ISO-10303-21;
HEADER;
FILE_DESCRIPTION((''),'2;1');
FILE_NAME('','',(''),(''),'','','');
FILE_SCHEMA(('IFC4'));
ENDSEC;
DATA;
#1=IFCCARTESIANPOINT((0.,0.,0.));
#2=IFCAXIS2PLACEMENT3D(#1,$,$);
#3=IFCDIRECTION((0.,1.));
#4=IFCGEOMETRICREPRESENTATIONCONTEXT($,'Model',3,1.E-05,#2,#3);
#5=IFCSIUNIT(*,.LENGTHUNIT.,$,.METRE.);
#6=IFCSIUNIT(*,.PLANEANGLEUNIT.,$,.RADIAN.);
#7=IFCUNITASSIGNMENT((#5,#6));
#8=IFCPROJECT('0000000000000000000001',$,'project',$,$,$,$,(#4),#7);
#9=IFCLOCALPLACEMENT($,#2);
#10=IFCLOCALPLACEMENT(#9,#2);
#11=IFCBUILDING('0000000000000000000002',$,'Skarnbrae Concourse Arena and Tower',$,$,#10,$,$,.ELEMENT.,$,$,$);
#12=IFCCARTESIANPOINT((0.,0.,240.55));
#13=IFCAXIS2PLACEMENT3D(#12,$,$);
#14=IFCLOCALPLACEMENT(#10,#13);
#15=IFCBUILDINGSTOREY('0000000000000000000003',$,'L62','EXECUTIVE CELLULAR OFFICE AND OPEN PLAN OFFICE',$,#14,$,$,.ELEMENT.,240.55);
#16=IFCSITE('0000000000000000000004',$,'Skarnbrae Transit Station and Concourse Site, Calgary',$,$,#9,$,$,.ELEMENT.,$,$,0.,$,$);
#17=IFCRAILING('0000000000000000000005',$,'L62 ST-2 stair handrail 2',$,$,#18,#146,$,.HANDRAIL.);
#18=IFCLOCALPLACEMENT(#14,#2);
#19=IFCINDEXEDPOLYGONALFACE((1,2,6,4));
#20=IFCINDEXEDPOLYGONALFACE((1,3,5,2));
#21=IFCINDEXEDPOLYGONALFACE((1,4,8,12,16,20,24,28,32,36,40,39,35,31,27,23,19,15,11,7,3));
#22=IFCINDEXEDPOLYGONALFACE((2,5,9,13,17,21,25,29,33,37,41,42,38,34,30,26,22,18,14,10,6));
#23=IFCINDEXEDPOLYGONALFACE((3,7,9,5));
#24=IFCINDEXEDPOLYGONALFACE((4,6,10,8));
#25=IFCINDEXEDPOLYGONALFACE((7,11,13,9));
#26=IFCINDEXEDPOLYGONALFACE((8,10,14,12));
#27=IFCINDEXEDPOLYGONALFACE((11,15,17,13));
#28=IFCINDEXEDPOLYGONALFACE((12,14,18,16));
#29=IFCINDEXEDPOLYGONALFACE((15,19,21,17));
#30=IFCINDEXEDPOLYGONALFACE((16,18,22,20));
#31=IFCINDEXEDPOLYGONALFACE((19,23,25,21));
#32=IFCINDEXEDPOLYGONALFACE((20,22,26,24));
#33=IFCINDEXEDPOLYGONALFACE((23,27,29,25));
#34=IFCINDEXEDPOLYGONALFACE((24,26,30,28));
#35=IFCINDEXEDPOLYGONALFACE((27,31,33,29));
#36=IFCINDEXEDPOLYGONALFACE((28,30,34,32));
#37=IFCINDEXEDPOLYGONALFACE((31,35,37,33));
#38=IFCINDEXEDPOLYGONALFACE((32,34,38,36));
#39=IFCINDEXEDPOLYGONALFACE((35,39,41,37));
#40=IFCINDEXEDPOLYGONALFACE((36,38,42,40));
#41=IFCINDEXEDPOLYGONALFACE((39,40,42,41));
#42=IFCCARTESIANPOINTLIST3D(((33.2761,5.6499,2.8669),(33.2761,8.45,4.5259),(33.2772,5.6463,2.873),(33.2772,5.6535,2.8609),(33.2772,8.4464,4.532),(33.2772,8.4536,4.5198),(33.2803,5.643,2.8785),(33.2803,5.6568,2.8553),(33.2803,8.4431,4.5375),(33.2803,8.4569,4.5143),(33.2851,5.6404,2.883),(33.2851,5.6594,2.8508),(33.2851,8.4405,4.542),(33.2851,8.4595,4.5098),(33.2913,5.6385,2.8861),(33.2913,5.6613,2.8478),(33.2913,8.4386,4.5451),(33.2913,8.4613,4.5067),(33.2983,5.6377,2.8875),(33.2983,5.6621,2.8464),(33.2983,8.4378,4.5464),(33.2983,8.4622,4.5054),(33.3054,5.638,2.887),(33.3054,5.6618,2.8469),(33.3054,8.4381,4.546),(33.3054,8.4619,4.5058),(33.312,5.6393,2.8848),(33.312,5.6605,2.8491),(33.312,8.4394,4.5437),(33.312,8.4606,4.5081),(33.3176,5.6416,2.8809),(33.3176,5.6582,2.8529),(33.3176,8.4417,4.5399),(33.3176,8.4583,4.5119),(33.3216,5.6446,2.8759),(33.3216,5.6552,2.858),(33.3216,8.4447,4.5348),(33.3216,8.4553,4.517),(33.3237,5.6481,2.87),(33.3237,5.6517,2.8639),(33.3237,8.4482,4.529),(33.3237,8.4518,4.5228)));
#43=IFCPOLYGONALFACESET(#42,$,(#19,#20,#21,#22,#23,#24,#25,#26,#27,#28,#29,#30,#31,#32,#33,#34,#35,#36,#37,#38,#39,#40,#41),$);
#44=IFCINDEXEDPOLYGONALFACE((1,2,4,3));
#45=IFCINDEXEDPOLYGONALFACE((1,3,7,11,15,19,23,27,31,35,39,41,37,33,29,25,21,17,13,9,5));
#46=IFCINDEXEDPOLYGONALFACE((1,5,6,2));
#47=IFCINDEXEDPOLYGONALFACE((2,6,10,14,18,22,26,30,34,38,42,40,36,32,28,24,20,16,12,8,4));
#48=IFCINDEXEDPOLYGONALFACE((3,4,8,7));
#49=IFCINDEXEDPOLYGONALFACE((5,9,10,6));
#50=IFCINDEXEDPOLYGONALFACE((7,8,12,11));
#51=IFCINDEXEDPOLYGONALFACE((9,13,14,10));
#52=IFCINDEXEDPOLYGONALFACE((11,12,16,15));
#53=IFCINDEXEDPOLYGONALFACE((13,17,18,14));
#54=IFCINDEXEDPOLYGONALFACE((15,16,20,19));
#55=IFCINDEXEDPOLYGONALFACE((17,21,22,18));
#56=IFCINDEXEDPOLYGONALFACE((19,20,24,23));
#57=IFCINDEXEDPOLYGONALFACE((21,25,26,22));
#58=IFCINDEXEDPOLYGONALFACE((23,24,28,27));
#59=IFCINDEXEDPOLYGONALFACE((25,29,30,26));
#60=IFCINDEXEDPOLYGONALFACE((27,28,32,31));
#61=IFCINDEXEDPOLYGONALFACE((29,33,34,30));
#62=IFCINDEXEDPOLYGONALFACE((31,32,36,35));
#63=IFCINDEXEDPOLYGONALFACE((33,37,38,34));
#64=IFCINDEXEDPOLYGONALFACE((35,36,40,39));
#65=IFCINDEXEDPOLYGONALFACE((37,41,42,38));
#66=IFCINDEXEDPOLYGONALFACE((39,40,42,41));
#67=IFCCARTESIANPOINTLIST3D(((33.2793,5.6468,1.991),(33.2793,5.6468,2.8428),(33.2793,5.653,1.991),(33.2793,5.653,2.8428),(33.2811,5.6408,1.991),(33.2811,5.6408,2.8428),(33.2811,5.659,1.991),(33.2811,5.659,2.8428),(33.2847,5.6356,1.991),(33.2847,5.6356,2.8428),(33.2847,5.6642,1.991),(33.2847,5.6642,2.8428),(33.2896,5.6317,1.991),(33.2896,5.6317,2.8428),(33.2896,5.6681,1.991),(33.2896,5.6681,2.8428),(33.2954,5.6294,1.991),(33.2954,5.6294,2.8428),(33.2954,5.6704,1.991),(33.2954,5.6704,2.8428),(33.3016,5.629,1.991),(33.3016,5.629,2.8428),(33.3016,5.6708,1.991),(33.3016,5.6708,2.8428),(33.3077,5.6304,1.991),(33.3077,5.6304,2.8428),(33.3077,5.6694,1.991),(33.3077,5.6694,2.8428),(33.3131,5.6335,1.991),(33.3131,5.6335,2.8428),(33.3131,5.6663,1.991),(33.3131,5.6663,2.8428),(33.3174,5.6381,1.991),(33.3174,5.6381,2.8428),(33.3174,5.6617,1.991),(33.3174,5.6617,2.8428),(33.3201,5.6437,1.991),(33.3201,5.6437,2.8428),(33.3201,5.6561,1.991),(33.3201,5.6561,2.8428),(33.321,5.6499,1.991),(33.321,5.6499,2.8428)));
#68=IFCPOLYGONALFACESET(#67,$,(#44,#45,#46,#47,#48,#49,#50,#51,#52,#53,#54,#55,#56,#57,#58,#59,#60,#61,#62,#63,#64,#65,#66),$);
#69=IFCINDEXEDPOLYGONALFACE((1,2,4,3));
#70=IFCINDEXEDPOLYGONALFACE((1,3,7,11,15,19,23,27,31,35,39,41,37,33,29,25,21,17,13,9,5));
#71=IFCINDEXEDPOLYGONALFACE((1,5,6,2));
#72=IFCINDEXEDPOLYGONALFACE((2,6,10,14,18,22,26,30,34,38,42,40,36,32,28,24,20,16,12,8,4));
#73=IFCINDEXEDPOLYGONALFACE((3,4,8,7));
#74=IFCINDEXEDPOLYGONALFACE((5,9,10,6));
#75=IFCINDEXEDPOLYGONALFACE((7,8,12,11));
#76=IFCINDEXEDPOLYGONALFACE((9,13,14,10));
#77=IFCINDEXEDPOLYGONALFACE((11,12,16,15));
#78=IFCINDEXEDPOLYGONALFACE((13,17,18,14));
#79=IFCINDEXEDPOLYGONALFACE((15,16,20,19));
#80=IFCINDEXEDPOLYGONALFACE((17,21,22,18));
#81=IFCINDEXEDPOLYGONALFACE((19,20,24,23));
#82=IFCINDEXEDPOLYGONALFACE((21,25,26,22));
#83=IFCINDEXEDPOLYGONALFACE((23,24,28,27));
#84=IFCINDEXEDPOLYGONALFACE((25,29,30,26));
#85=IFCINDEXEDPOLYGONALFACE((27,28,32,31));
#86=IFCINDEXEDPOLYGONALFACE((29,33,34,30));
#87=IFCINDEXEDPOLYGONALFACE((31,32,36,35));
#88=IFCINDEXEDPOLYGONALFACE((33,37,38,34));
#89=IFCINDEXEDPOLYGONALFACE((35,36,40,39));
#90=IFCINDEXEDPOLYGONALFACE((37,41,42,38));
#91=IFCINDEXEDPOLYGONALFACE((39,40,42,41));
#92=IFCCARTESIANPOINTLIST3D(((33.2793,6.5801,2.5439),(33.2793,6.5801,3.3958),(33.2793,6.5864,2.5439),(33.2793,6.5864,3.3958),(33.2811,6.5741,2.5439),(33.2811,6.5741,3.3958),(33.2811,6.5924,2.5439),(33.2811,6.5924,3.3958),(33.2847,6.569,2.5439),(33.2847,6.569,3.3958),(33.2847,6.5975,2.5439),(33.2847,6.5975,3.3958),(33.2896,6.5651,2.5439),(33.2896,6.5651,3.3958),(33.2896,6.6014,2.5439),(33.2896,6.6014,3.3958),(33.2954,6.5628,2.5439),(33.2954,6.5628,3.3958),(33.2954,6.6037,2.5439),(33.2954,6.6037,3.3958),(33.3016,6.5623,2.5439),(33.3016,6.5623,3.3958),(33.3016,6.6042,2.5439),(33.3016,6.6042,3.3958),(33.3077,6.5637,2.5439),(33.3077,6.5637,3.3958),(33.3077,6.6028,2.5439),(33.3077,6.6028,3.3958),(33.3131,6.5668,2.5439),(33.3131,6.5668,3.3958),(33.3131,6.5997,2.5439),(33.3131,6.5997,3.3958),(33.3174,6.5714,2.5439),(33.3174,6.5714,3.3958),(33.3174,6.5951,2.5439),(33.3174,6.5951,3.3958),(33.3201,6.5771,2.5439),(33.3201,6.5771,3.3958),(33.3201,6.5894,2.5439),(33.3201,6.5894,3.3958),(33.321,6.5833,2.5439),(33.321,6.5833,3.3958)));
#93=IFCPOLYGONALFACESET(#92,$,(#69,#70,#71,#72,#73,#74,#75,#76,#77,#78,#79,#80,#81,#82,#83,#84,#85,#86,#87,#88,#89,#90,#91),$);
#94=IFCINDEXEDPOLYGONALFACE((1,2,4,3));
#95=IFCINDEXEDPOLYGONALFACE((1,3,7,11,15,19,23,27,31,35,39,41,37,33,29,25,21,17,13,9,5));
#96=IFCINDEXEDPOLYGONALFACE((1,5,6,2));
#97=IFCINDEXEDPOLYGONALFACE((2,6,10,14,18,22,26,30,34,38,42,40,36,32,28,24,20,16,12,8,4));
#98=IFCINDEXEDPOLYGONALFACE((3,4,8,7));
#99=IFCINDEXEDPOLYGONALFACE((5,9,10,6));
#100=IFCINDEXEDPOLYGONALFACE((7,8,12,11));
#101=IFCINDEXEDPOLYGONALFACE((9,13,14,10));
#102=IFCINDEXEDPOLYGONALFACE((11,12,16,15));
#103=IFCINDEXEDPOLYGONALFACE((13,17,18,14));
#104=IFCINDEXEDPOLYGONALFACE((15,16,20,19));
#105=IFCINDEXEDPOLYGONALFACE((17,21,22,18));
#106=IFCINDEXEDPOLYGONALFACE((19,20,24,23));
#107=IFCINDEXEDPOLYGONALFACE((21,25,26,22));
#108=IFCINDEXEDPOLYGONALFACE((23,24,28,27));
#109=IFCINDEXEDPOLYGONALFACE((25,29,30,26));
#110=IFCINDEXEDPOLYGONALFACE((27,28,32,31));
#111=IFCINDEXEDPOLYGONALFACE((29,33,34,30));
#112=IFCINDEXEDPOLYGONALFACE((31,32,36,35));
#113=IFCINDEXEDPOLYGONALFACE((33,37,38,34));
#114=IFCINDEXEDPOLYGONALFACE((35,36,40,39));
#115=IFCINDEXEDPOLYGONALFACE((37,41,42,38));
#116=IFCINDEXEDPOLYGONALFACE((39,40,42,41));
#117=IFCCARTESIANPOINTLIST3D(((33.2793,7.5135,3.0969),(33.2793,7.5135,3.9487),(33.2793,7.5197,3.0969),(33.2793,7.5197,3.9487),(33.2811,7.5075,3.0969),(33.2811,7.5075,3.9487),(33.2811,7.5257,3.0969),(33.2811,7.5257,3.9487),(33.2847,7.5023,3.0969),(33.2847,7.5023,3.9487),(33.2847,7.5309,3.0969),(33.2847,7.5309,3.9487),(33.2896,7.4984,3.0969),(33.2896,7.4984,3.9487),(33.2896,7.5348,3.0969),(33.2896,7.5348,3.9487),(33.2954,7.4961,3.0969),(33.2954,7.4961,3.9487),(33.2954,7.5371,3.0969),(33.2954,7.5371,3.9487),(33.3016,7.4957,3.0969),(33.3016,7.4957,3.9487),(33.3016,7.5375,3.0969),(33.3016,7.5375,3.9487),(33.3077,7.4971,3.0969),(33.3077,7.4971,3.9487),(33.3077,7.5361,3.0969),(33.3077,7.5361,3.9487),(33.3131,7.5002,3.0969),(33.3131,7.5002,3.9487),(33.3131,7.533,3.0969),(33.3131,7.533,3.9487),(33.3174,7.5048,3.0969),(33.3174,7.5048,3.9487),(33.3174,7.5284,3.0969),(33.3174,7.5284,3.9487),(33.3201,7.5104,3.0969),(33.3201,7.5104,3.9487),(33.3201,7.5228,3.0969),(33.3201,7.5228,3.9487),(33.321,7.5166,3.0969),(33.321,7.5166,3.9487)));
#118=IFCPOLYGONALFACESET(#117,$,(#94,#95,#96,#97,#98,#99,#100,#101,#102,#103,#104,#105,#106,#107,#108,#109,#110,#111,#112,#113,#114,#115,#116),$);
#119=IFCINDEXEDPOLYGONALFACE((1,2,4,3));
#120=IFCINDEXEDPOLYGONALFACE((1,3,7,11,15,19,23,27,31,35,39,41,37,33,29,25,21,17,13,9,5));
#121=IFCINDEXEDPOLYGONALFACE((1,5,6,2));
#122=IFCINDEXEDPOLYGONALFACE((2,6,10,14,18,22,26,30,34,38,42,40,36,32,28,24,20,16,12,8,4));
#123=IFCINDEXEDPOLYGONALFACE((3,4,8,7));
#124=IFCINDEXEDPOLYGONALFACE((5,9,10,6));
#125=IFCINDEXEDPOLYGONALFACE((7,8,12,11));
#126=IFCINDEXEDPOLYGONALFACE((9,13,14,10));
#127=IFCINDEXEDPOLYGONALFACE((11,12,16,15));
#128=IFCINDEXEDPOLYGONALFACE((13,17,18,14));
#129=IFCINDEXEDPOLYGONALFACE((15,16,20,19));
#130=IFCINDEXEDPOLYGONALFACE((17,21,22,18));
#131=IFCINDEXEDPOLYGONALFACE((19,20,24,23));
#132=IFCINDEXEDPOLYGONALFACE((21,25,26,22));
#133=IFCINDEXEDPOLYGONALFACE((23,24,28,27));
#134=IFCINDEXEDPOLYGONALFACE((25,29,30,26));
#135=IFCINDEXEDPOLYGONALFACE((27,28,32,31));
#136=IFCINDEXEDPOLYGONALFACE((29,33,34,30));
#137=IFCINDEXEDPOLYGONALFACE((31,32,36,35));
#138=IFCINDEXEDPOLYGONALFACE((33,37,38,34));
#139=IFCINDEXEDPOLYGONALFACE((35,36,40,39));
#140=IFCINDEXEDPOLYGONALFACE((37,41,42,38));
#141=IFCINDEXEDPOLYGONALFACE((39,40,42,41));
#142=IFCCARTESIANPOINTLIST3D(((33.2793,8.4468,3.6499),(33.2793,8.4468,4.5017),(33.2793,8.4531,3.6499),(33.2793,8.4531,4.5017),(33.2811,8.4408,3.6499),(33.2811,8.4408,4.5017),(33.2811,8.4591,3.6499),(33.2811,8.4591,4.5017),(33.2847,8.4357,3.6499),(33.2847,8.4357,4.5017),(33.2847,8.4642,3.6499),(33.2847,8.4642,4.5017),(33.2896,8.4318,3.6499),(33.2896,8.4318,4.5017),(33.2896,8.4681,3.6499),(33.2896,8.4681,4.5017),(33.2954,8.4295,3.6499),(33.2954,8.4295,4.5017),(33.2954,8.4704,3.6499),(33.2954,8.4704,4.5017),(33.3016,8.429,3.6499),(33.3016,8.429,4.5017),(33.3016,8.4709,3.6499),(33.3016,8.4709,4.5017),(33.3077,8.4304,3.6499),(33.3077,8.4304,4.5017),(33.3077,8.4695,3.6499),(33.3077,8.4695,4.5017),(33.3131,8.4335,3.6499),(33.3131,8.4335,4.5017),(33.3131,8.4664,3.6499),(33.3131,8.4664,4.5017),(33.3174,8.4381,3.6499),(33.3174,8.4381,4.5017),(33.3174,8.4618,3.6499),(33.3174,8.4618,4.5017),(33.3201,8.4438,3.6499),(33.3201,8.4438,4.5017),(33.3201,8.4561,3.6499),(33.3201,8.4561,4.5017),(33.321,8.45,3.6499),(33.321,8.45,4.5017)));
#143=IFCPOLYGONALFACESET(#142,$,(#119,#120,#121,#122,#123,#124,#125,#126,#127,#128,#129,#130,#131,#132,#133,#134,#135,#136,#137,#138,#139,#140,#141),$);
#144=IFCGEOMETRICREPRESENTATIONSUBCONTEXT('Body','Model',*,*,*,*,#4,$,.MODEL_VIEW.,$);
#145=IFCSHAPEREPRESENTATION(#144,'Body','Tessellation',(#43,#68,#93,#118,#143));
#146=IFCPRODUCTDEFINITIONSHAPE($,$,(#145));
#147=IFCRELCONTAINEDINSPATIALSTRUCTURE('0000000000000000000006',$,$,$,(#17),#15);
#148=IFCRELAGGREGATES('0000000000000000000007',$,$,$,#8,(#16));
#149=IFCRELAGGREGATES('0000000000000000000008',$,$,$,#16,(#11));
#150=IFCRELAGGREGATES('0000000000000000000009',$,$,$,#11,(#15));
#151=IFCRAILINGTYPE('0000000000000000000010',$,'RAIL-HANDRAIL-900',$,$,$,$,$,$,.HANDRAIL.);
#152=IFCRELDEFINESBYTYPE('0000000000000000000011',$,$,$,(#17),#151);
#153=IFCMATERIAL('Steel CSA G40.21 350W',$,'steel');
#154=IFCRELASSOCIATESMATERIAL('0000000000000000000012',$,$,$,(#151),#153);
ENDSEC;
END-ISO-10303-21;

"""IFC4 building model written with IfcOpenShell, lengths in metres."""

from ifc_helpers import new_model, si_unit, direction, frame, origin, origin_2d, place, context, subcontext, project, spatial, circle, extrude, material, type_object, element, save


model = new_model("IFC4")

# Units and contexts
model_context = context("Model", 3, precision=1e-05, world=origin(), true_north=direction((0.0, 1.0)))
body_context = subcontext(model_context, "Body", "Model", "MODEL_VIEW")
ifc_project = project(units=[si_unit("LENGTHUNIT", "METRE"), si_unit("PLANEANGLEUNIT", "RADIAN")], contexts=[model_context])

# Site, building, storey
site_placement = place(None, origin())
site = spatial("IfcSite", under=ifc_project, at=site_placement, Name="Skarnbrae Transit Station and Concourse Site, Calgary", CompositionType="ELEMENT", RefElevation=0.0)
building_placement = place(site_placement, origin())
building = spatial("IfcBuilding", under=site, at=building_placement, Name="Skarnbrae Concourse Arena and Tower", CompositionType="ELEMENT")
storey_placement = place(building_placement, frame((0.0, 0.0, 240.55)))
storey = spatial("IfcBuildingStorey", under=building, at=storey_placement, Name="L62", Description="EXECUTIVE CELLULAR OFFICE AND OPEN PLAN OFFICE", CompositionType="ELEMENT", Elevation=240.55)

# Shared definitions
ifc_material_1 = material(Name="Steel CSA G40.21 350W", Category="steel")

# Railing
railing_type_1 = type_object("IfcRailingType", Name="RAIL-HANDRAIL-900", PredefinedType="HANDRAIL", material=ifc_material_1)
railing_1_placement = place(storey_placement, frame((33.3, 5.6499, 1.991)))
element("IfcRailing", 1, at=railing_1_placement, inside=storey, type_object=railing_type_1, Name="L62 ST-2 stair handrail 2", PredefinedType="HANDRAIL", context=body_context, shape_type="SweptSolid", body=[
    extrude(circle(Radius=0.0239, at=origin_2d()), frame((0.0, 0.0, 0.876), z_axis=(0.0, 0.860339, 0.509722), x_axis=(-1.0, 0.0, 0.0)), (0.0, 0.0, 1.0), 3.2546),
    extrude(circle(Radius=0.021, at=origin_2d()), origin(), (0.0, 0.0, 1.0), 0.8518),
    extrude(circle(Radius=0.021, at=origin_2d()), frame((0.0, 0.9333, 0.553)), (0.0, 0.0, 1.0), 0.8518),
    extrude(circle(Radius=0.021, at=origin_2d()), frame((0.0, 1.8667, 1.106)), (0.0, 0.0, 1.0), 0.8518),
    extrude(circle(Radius=0.021, at=origin_2d()), frame((0.0, 2.8, 1.6589)), (0.0, 0.0, 1.0), 0.8518),
])

save(model, "model.ifc")
